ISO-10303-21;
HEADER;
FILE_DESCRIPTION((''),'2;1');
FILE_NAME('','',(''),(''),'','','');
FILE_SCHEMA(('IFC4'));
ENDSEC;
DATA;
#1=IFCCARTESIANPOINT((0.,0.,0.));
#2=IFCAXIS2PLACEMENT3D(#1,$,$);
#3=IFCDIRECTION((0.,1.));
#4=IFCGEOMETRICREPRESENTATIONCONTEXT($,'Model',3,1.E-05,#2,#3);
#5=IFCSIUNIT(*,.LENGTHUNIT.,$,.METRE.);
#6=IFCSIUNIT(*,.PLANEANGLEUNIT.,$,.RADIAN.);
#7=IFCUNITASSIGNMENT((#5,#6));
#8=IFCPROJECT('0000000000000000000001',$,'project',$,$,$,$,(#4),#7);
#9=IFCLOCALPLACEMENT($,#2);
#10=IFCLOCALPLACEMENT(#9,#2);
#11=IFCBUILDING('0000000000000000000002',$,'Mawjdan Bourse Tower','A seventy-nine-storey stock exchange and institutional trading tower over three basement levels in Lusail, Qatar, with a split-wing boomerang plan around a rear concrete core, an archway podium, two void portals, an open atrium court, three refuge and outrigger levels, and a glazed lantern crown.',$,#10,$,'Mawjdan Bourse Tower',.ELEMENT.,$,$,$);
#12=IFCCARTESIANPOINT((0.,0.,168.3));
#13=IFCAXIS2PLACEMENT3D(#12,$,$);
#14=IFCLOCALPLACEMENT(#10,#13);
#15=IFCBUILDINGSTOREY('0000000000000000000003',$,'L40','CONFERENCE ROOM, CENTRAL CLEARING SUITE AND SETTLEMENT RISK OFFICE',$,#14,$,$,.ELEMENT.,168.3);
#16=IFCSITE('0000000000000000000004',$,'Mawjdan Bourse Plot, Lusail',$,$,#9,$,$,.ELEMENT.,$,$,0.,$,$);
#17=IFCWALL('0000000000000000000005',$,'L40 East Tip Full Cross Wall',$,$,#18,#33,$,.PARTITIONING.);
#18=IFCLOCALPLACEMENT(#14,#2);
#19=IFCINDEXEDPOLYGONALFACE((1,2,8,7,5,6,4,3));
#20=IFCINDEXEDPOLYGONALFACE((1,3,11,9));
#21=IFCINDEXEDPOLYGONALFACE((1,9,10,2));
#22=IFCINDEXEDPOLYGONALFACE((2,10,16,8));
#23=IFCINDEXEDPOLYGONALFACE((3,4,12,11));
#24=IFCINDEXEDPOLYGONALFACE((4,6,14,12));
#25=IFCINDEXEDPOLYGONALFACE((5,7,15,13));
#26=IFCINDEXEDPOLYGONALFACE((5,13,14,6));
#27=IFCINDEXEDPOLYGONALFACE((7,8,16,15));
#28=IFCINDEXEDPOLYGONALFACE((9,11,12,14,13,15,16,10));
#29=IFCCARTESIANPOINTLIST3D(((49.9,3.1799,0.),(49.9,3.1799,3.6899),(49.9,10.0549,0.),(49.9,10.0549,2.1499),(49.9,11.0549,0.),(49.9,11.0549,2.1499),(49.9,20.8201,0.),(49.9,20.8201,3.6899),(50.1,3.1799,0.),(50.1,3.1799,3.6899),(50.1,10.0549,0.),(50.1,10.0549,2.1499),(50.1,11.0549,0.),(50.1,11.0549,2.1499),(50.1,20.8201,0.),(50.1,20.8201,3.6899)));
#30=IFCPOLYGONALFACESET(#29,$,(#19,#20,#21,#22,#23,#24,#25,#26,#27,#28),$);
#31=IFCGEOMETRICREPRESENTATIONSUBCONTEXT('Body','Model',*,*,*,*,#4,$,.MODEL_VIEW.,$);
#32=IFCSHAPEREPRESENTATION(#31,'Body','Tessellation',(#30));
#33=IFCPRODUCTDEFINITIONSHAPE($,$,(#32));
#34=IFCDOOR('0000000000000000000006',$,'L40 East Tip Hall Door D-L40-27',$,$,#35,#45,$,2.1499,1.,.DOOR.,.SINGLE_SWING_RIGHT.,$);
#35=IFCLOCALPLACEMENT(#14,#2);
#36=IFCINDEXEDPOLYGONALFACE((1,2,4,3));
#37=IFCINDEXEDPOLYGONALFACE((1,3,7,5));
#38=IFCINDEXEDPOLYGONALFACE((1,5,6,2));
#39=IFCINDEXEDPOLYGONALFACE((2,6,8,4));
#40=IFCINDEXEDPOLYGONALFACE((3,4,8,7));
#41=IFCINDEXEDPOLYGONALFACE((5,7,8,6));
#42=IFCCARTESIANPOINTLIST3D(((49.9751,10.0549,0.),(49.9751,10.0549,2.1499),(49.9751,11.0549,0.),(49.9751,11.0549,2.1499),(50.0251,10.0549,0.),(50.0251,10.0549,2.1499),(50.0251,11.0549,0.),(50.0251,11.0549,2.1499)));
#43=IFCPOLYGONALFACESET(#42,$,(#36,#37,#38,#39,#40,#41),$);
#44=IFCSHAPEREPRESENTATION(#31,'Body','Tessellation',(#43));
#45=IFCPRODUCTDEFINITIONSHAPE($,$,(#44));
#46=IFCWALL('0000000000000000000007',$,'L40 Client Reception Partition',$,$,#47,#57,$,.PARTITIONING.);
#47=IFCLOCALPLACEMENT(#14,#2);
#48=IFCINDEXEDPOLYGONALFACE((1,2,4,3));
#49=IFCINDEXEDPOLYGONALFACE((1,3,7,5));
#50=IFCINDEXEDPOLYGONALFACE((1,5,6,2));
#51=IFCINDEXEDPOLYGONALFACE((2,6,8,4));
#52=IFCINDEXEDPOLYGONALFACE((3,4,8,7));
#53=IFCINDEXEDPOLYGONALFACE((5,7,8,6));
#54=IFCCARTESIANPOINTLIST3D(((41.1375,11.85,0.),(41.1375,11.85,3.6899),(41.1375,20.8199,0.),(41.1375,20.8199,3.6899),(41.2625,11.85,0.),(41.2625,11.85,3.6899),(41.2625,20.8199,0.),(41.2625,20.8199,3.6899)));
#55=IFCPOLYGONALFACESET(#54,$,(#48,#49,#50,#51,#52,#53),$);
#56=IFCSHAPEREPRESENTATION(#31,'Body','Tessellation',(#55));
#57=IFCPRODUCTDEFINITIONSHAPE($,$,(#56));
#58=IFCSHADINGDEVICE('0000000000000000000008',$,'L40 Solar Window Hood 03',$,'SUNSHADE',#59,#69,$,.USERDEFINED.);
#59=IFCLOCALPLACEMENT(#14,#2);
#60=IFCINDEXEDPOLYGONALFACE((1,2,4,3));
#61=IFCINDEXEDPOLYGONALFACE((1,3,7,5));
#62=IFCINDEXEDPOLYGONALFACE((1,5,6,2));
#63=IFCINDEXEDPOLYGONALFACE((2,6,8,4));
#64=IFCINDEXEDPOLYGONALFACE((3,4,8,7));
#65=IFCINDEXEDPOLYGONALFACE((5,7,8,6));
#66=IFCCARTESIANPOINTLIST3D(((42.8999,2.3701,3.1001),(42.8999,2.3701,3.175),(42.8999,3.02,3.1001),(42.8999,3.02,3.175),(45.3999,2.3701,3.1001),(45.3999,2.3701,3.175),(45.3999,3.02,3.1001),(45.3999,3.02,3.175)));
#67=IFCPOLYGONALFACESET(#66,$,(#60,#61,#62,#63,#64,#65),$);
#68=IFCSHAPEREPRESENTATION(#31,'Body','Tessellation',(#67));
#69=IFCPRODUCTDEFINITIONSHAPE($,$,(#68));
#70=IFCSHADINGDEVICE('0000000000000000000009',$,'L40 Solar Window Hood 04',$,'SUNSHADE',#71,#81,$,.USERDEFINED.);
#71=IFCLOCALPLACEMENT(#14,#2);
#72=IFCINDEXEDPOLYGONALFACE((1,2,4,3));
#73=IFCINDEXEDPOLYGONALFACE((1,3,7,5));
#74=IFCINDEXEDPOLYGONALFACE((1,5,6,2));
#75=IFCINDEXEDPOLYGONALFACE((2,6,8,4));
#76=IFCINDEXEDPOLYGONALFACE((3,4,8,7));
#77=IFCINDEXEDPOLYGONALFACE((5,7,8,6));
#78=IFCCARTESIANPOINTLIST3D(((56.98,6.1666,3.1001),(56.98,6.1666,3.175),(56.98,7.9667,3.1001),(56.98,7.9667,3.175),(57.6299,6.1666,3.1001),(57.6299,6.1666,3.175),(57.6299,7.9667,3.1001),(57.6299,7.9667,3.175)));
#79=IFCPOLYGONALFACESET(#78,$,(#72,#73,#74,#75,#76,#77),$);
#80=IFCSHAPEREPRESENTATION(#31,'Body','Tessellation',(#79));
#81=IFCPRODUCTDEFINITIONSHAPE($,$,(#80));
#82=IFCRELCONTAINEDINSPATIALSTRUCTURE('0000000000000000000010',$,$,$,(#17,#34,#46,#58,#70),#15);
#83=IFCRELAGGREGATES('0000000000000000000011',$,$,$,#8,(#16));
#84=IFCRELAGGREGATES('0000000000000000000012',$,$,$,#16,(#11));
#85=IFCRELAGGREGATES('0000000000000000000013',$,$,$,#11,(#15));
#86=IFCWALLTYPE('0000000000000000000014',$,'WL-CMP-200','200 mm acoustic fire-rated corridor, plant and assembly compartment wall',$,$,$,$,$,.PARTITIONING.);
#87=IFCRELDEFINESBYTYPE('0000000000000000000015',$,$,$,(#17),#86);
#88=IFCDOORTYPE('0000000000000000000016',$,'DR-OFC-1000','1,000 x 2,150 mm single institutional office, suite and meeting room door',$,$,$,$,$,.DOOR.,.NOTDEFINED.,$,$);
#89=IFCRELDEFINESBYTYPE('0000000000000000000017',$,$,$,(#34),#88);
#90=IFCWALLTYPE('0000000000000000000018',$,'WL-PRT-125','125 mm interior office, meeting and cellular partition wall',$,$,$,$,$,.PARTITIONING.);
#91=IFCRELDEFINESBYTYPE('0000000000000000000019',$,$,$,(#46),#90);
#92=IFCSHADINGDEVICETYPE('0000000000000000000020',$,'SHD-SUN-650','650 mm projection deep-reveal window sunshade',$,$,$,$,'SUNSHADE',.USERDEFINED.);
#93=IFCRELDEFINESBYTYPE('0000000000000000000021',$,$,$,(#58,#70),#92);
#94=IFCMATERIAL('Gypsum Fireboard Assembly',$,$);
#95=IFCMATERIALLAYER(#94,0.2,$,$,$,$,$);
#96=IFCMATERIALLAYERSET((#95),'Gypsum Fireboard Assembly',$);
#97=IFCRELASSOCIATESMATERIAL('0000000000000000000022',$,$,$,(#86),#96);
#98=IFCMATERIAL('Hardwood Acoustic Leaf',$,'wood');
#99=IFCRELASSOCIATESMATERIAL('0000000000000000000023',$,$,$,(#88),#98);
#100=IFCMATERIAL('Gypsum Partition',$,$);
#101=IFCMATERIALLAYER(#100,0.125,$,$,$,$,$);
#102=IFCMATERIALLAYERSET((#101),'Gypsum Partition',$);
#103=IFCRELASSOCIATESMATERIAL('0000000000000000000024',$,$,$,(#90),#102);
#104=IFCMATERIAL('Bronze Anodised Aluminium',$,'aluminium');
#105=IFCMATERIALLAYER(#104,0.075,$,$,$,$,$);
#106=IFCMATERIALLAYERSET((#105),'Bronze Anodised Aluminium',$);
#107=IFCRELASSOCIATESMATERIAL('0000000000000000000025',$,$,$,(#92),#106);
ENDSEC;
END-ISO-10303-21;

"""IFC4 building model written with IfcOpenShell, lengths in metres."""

from ifc_helpers import new_model, si_unit, direction, frame, frame_2d, origin, origin_2d, place, context, subcontext, project, spatial, rectangle, extrude, material, layer, layer_set, type_object, element, fill, save


model = new_model("IFC4")

# Units and contexts
model_context = context("Model", 3, precision=1e-05, world=origin(), true_north=direction((0.0, 1.0)))
body_context = subcontext(model_context, "Body", "Model", "MODEL_VIEW")
ifc_project = project(units=[si_unit("LENGTHUNIT", "METRE"), si_unit("PLANEANGLEUNIT", "RADIAN")], contexts=[model_context])

# Site, building, storey
site_placement = place(None, origin())
site = spatial("IfcSite", under=ifc_project, at=site_placement, Name="Mawjdan Bourse Plot, Lusail", CompositionType="ELEMENT", RefElevation=0.0)
building_placement = place(site_placement, origin())
building = spatial("IfcBuilding", under=site, at=building_placement, Name="Mawjdan Bourse Tower", Description="A seventy-nine-storey stock exchange and institutional trading tower over three basement levels in Lusail, Qatar, with a split-wing boomerang plan around a rear concrete core, an archway podium, two void portals, an open atrium court, three refuge and outrigger levels, and a glazed lantern crown.", LongName="Mawjdan Bourse Tower", CompositionType="ELEMENT")
storey_placement = place(building_placement, frame((0.0, 0.0, 168.3)))
storey = spatial("IfcBuildingStorey", under=building, at=storey_placement, Name="L40", Description="CONFERENCE ROOM, CENTRAL CLEARING SUITE AND SETTLEMENT RISK OFFICE", CompositionType="ELEMENT", Elevation=168.3)

# Wall, opening, door
ifc_material_1 = material(Name="Gypsum Fireboard Assembly")
ifc_layer_1 = layer(ifc_material_1, 0.2)
ifc_layer_set_1 = layer_set([ifc_layer_1], Name="Gypsum Fireboard Assembly")
wall_type_1 = type_object("IfcWallType", Name="WL-CMP-200", Description="200 mm acoustic fire-rated corridor, plant and assembly compartment wall", PredefinedType="PARTITIONING", material=ifc_layer_set_1)
ifc_material_2 = material(Name="Hardwood Acoustic Leaf", Category="wood")
door_type = type_object("IfcDoorType", Name="DR-OFC-1000", Description="1,000 x 2,150 mm single institutional office, suite and meeting room door", OperationType="NOTDEFINED", PredefinedType="DOOR", material=ifc_material_2)
wall_1_placement = place(storey_placement, frame((50.0, 3.1799, 0.0), z_axis=(0.0, 0.0, 1.0), x_axis=(0.0, 1.0, 0.0)))
wall_1 = element("IfcWall", 1, at=wall_1_placement, inside=storey, type_object=wall_type_1, Name="L40 East Tip Full Cross Wall", PredefinedType="PARTITIONING", context=body_context, shape_type="SweptSolid", body=[
    extrude(rectangle(XDim=17.6401, YDim=0.2, at=frame_2d((8.8201, 0.0))), origin(), (0.0, 0.0, 1.0), 3.6899),
])
opening_1_placement = place(wall_1_placement, frame((6.875, 0.0, 0.0)))
opening_1 = element("IfcOpeningElement", 2, at=opening_1_placement, cuts=wall_1, PredefinedType="OPENING", context=body_context, shape_type="SweptSolid", body=[
    extrude(rectangle(XDim=1.0, YDim=2.1499, at=frame_2d((0.5, 1.075))), frame((0.0, 0.1099, 0.0), z_axis=(0.0, -1.0, 0.0), x_axis=(1.0, 0.0, 0.0)), (0.0, 0.0, 1.0), 0.22),
])
door_1_placement = place(opening_1_placement, origin())
door_1 = element("IfcDoor", 3, at=door_1_placement, inside=storey, type_object=door_type, Name="L40 East Tip Hall Door D-L40-27", OperationType="SINGLE_SWING_RIGHT", OverallHeight=2.1499, OverallWidth=1.0, PredefinedType="DOOR", context=body_context, shape_type="SweptSolid", body=[
    extrude(rectangle(XDim=1.0, YDim=2.1499, at=frame_2d((0.5, 1.075))), frame((0.0, 0.0249, 0.0), z_axis=(0.0, -1.0, 0.0), x_axis=(1.0, 0.0, 0.0)), (0.0, 0.0, 1.0), 0.05),
])
fill(opening_1, door_1)

# Wall
ifc_material_3 = material(Name="Gypsum Partition")
ifc_layer_2 = layer(ifc_material_3, 0.125)
ifc_layer_set_2 = layer_set([ifc_layer_2], Name="Gypsum Partition")
wall_type_2 = type_object("IfcWallType", Name="WL-PRT-125", Description="125 mm interior office, meeting and cellular partition wall", PredefinedType="PARTITIONING", material=ifc_layer_set_2)
wall_2_placement = place(storey_placement, frame((41.2, 11.8501, 0.0), z_axis=(0.0, 0.0, 1.0), x_axis=(0.0, 1.0, 0.0)))
element("IfcWall", 4, at=wall_2_placement, inside=storey, type_object=wall_type_2, Name="L40 Client Reception Partition", PredefinedType="PARTITIONING", context=body_context, shape_type="SweptSolid", body=[
    extrude(rectangle(XDim=8.97, YDim=0.125, at=frame_2d((4.4849, 0.0))), origin(), (0.0, 0.0, 1.0), 3.6899),
])

# Shading devices
ifc_material_4 = material(Name="Bronze Anodised Aluminium", Category="aluminium")
ifc_layer_3 = layer(ifc_material_4, 0.075)
ifc_layer_set_3 = layer_set([ifc_layer_3], Name="Bronze Anodised Aluminium")
shading_device_type = type_object("IfcShadingDeviceType", Name="SHD-SUN-650", Description="650 mm projection deep-reveal window sunshade", ElementType="SUNSHADE", PredefinedType="USERDEFINED", material=ifc_layer_set_3)
shading_device_1_placement = place(storey_placement, frame((44.1499, 2.6951, 3.1001), z_axis=(0.0, 0.0, 1.0), x_axis=(1.0, 0.0, 0.0)))
element("IfcShadingDevice", 5, at=shading_device_1_placement, inside=storey, type_object=shading_device_type, Name="L40 Solar Window Hood 03", ObjectType="SUNSHADE", PredefinedType="USERDEFINED", context=body_context, shape_type="SweptSolid", body=[
    extrude(rectangle(XDim=2.5, YDim=0.6499, at=origin_2d()), origin(), (0.0, 0.0, 1.0), 0.075),
])
shading_device_2_placement = place(storey_placement, frame((57.3049, 7.0667, 3.1001), z_axis=(0.0, 0.0, 1.0), x_axis=(0.0, 1.0, 0.0)))
element("IfcShadingDevice", 6, at=shading_device_2_placement, inside=storey, type_object=shading_device_type, Name="L40 Solar Window Hood 04", ObjectType="SUNSHADE", PredefinedType="USERDEFINED", context=body_context, shape_type="SweptSolid", body=[
    extrude(rectangle(XDim=1.8, YDim=0.6499, at=origin_2d()), origin(), (0.0, 0.0, 1.0), 0.075),
])

save(model, "model.ifc")
